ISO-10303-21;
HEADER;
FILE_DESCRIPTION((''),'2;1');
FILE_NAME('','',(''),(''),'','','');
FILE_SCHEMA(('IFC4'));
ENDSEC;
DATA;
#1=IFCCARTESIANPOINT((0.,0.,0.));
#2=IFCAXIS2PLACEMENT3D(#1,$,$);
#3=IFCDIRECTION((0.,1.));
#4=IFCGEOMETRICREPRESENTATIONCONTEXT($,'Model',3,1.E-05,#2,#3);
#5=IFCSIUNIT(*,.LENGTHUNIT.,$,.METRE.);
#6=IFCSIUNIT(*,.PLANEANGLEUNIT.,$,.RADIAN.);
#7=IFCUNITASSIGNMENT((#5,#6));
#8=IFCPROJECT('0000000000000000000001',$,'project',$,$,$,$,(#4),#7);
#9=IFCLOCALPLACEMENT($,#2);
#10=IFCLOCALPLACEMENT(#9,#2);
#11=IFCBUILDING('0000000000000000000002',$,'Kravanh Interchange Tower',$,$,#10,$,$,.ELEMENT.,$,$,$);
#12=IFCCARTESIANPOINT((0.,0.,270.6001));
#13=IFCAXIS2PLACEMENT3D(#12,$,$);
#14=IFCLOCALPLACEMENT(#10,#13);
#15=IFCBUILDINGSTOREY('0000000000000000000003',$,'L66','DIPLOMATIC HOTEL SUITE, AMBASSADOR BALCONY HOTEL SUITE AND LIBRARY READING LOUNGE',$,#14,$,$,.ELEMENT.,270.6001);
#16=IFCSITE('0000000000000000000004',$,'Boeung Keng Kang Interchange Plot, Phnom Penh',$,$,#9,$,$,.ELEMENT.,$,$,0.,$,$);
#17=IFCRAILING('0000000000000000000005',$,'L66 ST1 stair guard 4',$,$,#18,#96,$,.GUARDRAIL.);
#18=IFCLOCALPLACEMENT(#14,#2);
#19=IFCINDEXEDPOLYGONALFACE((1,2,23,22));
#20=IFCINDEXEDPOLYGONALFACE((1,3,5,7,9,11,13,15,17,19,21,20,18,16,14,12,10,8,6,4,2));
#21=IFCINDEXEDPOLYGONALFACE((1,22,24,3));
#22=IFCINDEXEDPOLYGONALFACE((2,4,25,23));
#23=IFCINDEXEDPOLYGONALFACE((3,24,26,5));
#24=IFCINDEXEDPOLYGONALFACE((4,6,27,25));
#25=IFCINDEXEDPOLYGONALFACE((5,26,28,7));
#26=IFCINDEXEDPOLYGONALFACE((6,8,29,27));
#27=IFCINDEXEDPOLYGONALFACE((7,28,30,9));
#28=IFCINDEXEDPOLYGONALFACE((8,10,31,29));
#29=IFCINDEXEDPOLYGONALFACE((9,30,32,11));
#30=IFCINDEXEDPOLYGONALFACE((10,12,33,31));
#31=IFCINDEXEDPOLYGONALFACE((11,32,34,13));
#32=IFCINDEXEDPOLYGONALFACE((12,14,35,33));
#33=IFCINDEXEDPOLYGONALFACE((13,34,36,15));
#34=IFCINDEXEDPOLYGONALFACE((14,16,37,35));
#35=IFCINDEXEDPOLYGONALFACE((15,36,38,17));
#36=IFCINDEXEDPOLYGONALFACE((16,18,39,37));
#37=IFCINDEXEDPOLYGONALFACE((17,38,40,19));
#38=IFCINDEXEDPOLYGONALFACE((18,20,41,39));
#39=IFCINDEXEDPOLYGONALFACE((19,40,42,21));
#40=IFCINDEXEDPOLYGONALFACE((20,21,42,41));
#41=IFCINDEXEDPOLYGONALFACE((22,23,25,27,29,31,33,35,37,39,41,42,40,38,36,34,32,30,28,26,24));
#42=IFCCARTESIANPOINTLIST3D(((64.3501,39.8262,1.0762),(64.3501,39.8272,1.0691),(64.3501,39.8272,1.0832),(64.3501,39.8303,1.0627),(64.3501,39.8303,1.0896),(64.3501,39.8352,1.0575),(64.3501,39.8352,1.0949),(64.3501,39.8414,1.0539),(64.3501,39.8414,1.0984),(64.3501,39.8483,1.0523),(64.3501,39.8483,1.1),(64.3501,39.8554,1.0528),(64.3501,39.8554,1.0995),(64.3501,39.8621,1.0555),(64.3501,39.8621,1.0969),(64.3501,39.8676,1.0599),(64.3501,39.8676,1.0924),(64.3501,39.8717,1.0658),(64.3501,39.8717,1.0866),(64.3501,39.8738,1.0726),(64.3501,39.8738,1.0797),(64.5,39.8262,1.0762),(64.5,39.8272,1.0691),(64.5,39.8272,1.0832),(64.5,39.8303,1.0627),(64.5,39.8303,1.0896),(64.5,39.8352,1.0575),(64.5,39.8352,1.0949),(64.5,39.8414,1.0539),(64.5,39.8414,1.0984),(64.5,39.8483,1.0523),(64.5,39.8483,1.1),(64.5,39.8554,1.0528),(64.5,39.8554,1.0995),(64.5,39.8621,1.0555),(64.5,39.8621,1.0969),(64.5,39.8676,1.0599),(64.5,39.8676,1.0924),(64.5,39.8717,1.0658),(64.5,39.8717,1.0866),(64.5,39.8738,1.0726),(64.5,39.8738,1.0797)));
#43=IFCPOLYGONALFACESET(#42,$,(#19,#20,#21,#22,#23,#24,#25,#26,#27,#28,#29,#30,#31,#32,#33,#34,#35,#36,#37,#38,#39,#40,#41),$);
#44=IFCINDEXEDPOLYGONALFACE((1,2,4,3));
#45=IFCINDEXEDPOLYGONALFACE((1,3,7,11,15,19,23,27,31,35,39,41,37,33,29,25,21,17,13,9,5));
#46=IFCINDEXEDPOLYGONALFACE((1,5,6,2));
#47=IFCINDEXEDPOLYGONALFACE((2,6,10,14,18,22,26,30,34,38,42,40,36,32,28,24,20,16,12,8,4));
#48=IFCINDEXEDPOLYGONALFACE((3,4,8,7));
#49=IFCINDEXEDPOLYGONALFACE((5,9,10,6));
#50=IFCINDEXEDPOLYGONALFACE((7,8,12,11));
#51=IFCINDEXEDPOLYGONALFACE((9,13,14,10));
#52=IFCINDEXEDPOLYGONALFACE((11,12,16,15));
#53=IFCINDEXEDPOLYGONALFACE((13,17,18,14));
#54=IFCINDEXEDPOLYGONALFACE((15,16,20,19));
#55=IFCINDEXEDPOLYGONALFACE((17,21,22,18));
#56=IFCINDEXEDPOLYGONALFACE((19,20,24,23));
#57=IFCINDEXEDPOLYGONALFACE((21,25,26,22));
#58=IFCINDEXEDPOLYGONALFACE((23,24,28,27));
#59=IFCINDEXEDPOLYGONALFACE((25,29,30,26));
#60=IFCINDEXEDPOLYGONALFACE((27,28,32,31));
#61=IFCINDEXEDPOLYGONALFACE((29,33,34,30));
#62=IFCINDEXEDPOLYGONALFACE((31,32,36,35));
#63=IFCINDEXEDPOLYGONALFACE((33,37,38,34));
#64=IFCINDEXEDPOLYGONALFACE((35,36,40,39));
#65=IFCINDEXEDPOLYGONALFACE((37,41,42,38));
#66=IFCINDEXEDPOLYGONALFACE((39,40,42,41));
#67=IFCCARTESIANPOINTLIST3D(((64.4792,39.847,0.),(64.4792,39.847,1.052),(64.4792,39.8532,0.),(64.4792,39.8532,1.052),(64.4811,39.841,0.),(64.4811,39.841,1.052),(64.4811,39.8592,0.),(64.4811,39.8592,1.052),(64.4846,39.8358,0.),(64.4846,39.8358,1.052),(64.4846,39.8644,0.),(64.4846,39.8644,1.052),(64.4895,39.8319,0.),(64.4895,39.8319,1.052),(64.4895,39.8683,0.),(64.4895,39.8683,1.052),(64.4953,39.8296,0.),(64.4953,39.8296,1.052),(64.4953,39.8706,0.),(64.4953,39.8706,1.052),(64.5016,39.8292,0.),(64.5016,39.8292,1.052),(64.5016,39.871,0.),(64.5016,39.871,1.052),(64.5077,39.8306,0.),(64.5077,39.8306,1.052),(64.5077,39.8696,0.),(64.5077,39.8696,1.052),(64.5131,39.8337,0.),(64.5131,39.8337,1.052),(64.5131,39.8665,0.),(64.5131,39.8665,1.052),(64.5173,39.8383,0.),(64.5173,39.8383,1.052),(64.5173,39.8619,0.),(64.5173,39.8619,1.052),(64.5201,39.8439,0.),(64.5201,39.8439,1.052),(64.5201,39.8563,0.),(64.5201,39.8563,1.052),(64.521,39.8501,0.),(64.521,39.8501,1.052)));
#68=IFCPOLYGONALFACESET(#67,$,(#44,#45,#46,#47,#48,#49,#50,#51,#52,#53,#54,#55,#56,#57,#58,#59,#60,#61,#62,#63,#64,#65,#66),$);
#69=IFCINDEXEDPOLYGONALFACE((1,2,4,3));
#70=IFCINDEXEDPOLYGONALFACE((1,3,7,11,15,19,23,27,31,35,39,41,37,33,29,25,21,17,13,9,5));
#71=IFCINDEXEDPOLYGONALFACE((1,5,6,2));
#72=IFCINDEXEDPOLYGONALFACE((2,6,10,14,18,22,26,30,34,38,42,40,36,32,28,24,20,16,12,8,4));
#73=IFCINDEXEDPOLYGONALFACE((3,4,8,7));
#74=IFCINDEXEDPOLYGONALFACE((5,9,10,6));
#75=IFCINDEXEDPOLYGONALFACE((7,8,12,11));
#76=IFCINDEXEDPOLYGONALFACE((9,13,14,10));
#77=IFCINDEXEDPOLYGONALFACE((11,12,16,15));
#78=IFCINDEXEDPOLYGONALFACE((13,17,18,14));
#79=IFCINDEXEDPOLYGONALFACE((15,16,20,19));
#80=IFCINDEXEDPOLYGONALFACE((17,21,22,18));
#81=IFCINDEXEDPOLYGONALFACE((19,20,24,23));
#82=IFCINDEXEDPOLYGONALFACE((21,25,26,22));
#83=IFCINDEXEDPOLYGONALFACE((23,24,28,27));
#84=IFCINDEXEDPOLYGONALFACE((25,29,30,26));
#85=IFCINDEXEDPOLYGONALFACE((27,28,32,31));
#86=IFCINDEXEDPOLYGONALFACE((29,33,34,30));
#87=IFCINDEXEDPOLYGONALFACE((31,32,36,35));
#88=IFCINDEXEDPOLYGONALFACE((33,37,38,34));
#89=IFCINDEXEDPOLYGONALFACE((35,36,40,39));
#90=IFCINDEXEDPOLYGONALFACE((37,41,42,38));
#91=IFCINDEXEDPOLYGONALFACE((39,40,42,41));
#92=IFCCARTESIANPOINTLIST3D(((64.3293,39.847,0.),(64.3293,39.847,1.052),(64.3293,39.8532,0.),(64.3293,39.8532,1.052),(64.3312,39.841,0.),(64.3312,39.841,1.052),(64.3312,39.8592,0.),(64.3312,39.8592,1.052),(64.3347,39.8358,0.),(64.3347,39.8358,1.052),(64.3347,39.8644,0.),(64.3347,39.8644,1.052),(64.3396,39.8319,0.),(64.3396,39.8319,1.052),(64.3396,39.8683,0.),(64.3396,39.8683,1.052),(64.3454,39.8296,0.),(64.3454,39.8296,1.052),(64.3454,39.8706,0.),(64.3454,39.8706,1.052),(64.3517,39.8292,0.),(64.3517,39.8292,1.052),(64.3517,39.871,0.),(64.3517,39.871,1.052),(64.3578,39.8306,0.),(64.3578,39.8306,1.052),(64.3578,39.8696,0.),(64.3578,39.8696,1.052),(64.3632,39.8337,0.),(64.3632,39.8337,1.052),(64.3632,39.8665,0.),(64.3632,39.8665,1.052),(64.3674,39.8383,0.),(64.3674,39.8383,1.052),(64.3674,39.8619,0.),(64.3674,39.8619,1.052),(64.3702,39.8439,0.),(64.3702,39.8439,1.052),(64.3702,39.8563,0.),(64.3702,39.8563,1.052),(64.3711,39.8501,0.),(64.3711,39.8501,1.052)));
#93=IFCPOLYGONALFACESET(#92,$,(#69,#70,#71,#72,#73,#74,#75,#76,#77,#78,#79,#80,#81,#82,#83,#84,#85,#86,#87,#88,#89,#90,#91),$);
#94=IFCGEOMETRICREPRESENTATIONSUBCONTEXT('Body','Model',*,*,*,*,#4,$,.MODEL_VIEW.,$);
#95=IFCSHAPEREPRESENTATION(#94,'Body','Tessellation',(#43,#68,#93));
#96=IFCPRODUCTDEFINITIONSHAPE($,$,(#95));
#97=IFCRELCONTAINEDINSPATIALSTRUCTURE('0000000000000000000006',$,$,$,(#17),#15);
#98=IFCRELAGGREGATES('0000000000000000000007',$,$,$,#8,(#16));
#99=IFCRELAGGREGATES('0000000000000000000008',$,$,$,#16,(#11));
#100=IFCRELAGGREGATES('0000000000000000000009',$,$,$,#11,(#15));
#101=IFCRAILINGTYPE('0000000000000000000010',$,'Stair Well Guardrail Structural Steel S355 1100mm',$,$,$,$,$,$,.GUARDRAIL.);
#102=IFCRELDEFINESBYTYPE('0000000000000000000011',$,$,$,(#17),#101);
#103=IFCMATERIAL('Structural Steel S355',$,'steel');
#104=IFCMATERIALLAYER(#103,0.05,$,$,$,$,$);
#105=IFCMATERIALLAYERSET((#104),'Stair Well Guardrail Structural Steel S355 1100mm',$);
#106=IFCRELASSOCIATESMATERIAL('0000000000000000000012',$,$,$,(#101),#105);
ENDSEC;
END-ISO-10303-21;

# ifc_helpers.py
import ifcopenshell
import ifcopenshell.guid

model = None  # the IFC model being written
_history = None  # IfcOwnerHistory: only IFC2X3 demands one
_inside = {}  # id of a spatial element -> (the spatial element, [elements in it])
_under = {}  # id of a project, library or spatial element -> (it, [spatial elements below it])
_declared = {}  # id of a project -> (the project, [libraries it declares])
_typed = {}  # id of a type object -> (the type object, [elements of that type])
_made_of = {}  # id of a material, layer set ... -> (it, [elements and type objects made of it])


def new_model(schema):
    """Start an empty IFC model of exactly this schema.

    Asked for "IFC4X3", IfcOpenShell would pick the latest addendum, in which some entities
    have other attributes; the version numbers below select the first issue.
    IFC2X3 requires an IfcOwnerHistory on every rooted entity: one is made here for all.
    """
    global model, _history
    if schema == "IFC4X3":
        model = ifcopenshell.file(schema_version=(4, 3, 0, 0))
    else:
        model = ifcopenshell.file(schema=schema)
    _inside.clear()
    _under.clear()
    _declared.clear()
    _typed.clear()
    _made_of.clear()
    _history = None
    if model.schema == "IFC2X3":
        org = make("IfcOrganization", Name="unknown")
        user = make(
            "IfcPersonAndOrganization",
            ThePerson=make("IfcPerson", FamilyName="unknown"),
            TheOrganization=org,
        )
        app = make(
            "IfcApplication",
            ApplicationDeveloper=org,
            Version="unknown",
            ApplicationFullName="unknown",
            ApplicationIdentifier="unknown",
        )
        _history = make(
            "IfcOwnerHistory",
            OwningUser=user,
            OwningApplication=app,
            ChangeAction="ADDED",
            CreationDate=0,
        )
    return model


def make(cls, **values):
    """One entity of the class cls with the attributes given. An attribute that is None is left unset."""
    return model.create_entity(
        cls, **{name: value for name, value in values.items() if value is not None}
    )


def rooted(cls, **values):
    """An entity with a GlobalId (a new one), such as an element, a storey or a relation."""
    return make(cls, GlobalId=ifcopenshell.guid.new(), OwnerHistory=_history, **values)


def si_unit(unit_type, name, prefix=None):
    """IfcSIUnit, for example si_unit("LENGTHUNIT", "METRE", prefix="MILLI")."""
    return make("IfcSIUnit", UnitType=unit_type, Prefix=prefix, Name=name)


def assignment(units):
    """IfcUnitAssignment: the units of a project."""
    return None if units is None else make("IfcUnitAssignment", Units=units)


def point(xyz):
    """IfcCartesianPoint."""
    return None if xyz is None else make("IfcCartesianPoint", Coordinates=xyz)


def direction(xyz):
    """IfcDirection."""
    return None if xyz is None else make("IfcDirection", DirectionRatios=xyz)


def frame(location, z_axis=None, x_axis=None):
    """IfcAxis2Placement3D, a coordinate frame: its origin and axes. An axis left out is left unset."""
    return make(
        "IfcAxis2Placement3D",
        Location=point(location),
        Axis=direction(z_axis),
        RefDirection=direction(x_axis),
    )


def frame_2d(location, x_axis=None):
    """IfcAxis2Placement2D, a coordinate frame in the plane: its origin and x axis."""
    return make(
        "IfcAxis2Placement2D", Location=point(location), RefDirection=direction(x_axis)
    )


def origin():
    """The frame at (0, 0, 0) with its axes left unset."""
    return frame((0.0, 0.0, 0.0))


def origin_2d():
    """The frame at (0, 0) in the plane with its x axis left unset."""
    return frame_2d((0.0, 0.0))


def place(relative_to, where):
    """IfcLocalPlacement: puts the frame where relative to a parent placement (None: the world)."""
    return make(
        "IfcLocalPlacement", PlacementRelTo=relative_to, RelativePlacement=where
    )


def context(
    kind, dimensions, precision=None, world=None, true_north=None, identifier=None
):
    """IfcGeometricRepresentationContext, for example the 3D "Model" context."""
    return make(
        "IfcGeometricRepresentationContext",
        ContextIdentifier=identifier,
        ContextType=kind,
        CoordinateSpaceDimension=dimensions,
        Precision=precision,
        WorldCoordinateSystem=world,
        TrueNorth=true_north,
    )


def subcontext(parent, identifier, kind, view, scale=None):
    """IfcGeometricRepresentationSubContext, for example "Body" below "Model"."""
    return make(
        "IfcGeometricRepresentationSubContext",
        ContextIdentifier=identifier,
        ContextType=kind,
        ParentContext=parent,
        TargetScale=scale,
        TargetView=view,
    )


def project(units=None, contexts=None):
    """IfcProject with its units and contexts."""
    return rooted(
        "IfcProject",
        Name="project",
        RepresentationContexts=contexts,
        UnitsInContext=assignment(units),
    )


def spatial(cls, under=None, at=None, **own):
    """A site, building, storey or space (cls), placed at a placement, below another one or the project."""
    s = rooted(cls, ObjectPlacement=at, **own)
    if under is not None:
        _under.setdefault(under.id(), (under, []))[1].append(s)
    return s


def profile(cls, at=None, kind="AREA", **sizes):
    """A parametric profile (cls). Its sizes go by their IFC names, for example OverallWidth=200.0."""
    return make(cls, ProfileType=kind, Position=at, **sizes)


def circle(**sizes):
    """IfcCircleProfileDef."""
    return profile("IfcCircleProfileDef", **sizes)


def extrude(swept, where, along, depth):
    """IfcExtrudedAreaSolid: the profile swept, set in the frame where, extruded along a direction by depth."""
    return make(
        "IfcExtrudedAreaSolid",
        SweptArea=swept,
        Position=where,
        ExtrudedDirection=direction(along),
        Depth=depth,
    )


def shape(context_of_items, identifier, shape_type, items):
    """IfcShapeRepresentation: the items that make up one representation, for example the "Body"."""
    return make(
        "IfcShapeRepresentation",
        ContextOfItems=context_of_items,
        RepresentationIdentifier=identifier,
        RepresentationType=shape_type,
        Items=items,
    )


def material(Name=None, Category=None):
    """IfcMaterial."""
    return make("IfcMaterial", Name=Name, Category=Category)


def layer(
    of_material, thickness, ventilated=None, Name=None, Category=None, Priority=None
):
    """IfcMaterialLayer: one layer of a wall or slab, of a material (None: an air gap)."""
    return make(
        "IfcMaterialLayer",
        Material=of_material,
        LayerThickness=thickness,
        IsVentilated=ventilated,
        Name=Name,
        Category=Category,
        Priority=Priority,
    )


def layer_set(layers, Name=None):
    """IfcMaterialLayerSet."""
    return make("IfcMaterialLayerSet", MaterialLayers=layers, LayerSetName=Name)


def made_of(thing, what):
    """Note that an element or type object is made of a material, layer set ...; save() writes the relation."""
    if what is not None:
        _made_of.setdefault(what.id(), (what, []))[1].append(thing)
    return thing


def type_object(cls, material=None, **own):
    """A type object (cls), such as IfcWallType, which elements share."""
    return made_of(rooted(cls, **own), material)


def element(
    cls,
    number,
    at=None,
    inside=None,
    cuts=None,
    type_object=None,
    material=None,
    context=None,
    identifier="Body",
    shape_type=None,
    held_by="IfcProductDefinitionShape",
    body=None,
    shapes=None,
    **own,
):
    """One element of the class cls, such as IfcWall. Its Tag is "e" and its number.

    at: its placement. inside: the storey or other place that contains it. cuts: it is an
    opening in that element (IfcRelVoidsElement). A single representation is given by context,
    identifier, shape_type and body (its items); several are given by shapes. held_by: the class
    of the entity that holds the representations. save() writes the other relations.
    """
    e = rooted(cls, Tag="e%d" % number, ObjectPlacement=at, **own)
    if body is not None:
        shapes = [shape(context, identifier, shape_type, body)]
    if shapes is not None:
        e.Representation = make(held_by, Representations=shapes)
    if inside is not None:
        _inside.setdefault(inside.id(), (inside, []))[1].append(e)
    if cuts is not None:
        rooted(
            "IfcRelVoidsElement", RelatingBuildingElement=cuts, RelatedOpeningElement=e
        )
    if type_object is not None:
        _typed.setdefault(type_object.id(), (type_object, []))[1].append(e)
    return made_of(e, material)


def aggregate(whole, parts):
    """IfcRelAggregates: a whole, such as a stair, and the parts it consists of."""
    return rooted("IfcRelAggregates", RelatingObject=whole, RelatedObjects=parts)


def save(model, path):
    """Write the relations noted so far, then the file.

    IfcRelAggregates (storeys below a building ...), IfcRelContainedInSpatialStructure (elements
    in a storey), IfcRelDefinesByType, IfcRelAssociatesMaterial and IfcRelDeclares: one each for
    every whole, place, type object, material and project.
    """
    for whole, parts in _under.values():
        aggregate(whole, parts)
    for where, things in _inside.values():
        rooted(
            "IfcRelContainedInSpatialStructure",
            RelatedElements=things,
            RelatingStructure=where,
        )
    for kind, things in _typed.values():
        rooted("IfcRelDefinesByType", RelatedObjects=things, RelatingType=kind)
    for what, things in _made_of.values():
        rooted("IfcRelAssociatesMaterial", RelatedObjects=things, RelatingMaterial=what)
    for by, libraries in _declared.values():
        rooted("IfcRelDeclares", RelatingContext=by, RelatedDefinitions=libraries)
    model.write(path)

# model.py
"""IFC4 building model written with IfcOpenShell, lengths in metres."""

from ifc_helpers import new_model, si_unit, direction, frame, origin, origin_2d, place, context, subcontext, project, spatial, circle, extrude, material, layer, layer_set, type_object, element, save


model = new_model("IFC4")

# Units and contexts
model_context = context("Model", 3, precision=1e-05, world=origin(), true_north=direction((0.0, 1.0)))
body_context = subcontext(model_context, "Body", "Model", "MODEL_VIEW")
ifc_project = project(units=[si_unit("LENGTHUNIT", "METRE"), si_unit("PLANEANGLEUNIT", "RADIAN")], contexts=[model_context])

# Site, building, storey
site_placement = place(None, origin())
site = spatial("IfcSite", under=ifc_project, at=site_placement, Name="Boeung Keng Kang Interchange Plot, Phnom Penh", CompositionType="ELEMENT", RefElevation=0.0)
building_placement = place(site_placement, origin())
building = spatial("IfcBuilding", under=site, at=building_placement, Name="Kravanh Interchange Tower", CompositionType="ELEMENT")
storey_placement = place(building_placement, frame((0.0, 0.0, 270.6001)))
storey = spatial("IfcBuildingStorey", under=building, at=storey_placement, Name="L66", Description="DIPLOMATIC HOTEL SUITE, AMBASSADOR BALCONY HOTEL SUITE AND LIBRARY READING LOUNGE", CompositionType="ELEMENT", Elevation=270.6001)

# Railing
ifc_material_1 = material(Name="Structural Steel S355", Category="steel")
ifc_layer_1 = layer(ifc_material_1, 0.05)
ifc_layer_set_1 = layer_set([ifc_layer_1], Name="Stair Well Guardrail Structural Steel S355 1100mm")
railing_type_1 = type_object("IfcRailingType", Name="Stair Well Guardrail Structural Steel S355 1100mm", PredefinedType="GUARDRAIL", material=ifc_layer_set_1)
railing_1_placement = place(storey_placement, frame((64.5, 39.8501, 0.0)))
element("IfcRailing", 1, at=railing_1_placement, inside=storey, type_object=railing_type_1, Name="L66 ST1 stair guard 4", PredefinedType="GUARDRAIL", context=body_context, shape_type="SweptSolid", body=[
    extrude(circle(Radius=0.0239, at=origin_2d()), frame((0.0, 0.0, 1.0762), z_axis=(-1.0, 0.0, 0.0), x_axis=(0.0, -1.0, 0.0)), (0.0, 0.0, 1.0), 0.1499),
    extrude(circle(Radius=0.021, at=origin_2d()), origin(), (0.0, 0.0, 1.0), 1.052),
    extrude(circle(Radius=0.021, at=origin_2d()), frame((-0.1499, 0.0, 0.0)), (0.0, 0.0, 1.0), 1.052),
])

save(model, "model.ifc")
